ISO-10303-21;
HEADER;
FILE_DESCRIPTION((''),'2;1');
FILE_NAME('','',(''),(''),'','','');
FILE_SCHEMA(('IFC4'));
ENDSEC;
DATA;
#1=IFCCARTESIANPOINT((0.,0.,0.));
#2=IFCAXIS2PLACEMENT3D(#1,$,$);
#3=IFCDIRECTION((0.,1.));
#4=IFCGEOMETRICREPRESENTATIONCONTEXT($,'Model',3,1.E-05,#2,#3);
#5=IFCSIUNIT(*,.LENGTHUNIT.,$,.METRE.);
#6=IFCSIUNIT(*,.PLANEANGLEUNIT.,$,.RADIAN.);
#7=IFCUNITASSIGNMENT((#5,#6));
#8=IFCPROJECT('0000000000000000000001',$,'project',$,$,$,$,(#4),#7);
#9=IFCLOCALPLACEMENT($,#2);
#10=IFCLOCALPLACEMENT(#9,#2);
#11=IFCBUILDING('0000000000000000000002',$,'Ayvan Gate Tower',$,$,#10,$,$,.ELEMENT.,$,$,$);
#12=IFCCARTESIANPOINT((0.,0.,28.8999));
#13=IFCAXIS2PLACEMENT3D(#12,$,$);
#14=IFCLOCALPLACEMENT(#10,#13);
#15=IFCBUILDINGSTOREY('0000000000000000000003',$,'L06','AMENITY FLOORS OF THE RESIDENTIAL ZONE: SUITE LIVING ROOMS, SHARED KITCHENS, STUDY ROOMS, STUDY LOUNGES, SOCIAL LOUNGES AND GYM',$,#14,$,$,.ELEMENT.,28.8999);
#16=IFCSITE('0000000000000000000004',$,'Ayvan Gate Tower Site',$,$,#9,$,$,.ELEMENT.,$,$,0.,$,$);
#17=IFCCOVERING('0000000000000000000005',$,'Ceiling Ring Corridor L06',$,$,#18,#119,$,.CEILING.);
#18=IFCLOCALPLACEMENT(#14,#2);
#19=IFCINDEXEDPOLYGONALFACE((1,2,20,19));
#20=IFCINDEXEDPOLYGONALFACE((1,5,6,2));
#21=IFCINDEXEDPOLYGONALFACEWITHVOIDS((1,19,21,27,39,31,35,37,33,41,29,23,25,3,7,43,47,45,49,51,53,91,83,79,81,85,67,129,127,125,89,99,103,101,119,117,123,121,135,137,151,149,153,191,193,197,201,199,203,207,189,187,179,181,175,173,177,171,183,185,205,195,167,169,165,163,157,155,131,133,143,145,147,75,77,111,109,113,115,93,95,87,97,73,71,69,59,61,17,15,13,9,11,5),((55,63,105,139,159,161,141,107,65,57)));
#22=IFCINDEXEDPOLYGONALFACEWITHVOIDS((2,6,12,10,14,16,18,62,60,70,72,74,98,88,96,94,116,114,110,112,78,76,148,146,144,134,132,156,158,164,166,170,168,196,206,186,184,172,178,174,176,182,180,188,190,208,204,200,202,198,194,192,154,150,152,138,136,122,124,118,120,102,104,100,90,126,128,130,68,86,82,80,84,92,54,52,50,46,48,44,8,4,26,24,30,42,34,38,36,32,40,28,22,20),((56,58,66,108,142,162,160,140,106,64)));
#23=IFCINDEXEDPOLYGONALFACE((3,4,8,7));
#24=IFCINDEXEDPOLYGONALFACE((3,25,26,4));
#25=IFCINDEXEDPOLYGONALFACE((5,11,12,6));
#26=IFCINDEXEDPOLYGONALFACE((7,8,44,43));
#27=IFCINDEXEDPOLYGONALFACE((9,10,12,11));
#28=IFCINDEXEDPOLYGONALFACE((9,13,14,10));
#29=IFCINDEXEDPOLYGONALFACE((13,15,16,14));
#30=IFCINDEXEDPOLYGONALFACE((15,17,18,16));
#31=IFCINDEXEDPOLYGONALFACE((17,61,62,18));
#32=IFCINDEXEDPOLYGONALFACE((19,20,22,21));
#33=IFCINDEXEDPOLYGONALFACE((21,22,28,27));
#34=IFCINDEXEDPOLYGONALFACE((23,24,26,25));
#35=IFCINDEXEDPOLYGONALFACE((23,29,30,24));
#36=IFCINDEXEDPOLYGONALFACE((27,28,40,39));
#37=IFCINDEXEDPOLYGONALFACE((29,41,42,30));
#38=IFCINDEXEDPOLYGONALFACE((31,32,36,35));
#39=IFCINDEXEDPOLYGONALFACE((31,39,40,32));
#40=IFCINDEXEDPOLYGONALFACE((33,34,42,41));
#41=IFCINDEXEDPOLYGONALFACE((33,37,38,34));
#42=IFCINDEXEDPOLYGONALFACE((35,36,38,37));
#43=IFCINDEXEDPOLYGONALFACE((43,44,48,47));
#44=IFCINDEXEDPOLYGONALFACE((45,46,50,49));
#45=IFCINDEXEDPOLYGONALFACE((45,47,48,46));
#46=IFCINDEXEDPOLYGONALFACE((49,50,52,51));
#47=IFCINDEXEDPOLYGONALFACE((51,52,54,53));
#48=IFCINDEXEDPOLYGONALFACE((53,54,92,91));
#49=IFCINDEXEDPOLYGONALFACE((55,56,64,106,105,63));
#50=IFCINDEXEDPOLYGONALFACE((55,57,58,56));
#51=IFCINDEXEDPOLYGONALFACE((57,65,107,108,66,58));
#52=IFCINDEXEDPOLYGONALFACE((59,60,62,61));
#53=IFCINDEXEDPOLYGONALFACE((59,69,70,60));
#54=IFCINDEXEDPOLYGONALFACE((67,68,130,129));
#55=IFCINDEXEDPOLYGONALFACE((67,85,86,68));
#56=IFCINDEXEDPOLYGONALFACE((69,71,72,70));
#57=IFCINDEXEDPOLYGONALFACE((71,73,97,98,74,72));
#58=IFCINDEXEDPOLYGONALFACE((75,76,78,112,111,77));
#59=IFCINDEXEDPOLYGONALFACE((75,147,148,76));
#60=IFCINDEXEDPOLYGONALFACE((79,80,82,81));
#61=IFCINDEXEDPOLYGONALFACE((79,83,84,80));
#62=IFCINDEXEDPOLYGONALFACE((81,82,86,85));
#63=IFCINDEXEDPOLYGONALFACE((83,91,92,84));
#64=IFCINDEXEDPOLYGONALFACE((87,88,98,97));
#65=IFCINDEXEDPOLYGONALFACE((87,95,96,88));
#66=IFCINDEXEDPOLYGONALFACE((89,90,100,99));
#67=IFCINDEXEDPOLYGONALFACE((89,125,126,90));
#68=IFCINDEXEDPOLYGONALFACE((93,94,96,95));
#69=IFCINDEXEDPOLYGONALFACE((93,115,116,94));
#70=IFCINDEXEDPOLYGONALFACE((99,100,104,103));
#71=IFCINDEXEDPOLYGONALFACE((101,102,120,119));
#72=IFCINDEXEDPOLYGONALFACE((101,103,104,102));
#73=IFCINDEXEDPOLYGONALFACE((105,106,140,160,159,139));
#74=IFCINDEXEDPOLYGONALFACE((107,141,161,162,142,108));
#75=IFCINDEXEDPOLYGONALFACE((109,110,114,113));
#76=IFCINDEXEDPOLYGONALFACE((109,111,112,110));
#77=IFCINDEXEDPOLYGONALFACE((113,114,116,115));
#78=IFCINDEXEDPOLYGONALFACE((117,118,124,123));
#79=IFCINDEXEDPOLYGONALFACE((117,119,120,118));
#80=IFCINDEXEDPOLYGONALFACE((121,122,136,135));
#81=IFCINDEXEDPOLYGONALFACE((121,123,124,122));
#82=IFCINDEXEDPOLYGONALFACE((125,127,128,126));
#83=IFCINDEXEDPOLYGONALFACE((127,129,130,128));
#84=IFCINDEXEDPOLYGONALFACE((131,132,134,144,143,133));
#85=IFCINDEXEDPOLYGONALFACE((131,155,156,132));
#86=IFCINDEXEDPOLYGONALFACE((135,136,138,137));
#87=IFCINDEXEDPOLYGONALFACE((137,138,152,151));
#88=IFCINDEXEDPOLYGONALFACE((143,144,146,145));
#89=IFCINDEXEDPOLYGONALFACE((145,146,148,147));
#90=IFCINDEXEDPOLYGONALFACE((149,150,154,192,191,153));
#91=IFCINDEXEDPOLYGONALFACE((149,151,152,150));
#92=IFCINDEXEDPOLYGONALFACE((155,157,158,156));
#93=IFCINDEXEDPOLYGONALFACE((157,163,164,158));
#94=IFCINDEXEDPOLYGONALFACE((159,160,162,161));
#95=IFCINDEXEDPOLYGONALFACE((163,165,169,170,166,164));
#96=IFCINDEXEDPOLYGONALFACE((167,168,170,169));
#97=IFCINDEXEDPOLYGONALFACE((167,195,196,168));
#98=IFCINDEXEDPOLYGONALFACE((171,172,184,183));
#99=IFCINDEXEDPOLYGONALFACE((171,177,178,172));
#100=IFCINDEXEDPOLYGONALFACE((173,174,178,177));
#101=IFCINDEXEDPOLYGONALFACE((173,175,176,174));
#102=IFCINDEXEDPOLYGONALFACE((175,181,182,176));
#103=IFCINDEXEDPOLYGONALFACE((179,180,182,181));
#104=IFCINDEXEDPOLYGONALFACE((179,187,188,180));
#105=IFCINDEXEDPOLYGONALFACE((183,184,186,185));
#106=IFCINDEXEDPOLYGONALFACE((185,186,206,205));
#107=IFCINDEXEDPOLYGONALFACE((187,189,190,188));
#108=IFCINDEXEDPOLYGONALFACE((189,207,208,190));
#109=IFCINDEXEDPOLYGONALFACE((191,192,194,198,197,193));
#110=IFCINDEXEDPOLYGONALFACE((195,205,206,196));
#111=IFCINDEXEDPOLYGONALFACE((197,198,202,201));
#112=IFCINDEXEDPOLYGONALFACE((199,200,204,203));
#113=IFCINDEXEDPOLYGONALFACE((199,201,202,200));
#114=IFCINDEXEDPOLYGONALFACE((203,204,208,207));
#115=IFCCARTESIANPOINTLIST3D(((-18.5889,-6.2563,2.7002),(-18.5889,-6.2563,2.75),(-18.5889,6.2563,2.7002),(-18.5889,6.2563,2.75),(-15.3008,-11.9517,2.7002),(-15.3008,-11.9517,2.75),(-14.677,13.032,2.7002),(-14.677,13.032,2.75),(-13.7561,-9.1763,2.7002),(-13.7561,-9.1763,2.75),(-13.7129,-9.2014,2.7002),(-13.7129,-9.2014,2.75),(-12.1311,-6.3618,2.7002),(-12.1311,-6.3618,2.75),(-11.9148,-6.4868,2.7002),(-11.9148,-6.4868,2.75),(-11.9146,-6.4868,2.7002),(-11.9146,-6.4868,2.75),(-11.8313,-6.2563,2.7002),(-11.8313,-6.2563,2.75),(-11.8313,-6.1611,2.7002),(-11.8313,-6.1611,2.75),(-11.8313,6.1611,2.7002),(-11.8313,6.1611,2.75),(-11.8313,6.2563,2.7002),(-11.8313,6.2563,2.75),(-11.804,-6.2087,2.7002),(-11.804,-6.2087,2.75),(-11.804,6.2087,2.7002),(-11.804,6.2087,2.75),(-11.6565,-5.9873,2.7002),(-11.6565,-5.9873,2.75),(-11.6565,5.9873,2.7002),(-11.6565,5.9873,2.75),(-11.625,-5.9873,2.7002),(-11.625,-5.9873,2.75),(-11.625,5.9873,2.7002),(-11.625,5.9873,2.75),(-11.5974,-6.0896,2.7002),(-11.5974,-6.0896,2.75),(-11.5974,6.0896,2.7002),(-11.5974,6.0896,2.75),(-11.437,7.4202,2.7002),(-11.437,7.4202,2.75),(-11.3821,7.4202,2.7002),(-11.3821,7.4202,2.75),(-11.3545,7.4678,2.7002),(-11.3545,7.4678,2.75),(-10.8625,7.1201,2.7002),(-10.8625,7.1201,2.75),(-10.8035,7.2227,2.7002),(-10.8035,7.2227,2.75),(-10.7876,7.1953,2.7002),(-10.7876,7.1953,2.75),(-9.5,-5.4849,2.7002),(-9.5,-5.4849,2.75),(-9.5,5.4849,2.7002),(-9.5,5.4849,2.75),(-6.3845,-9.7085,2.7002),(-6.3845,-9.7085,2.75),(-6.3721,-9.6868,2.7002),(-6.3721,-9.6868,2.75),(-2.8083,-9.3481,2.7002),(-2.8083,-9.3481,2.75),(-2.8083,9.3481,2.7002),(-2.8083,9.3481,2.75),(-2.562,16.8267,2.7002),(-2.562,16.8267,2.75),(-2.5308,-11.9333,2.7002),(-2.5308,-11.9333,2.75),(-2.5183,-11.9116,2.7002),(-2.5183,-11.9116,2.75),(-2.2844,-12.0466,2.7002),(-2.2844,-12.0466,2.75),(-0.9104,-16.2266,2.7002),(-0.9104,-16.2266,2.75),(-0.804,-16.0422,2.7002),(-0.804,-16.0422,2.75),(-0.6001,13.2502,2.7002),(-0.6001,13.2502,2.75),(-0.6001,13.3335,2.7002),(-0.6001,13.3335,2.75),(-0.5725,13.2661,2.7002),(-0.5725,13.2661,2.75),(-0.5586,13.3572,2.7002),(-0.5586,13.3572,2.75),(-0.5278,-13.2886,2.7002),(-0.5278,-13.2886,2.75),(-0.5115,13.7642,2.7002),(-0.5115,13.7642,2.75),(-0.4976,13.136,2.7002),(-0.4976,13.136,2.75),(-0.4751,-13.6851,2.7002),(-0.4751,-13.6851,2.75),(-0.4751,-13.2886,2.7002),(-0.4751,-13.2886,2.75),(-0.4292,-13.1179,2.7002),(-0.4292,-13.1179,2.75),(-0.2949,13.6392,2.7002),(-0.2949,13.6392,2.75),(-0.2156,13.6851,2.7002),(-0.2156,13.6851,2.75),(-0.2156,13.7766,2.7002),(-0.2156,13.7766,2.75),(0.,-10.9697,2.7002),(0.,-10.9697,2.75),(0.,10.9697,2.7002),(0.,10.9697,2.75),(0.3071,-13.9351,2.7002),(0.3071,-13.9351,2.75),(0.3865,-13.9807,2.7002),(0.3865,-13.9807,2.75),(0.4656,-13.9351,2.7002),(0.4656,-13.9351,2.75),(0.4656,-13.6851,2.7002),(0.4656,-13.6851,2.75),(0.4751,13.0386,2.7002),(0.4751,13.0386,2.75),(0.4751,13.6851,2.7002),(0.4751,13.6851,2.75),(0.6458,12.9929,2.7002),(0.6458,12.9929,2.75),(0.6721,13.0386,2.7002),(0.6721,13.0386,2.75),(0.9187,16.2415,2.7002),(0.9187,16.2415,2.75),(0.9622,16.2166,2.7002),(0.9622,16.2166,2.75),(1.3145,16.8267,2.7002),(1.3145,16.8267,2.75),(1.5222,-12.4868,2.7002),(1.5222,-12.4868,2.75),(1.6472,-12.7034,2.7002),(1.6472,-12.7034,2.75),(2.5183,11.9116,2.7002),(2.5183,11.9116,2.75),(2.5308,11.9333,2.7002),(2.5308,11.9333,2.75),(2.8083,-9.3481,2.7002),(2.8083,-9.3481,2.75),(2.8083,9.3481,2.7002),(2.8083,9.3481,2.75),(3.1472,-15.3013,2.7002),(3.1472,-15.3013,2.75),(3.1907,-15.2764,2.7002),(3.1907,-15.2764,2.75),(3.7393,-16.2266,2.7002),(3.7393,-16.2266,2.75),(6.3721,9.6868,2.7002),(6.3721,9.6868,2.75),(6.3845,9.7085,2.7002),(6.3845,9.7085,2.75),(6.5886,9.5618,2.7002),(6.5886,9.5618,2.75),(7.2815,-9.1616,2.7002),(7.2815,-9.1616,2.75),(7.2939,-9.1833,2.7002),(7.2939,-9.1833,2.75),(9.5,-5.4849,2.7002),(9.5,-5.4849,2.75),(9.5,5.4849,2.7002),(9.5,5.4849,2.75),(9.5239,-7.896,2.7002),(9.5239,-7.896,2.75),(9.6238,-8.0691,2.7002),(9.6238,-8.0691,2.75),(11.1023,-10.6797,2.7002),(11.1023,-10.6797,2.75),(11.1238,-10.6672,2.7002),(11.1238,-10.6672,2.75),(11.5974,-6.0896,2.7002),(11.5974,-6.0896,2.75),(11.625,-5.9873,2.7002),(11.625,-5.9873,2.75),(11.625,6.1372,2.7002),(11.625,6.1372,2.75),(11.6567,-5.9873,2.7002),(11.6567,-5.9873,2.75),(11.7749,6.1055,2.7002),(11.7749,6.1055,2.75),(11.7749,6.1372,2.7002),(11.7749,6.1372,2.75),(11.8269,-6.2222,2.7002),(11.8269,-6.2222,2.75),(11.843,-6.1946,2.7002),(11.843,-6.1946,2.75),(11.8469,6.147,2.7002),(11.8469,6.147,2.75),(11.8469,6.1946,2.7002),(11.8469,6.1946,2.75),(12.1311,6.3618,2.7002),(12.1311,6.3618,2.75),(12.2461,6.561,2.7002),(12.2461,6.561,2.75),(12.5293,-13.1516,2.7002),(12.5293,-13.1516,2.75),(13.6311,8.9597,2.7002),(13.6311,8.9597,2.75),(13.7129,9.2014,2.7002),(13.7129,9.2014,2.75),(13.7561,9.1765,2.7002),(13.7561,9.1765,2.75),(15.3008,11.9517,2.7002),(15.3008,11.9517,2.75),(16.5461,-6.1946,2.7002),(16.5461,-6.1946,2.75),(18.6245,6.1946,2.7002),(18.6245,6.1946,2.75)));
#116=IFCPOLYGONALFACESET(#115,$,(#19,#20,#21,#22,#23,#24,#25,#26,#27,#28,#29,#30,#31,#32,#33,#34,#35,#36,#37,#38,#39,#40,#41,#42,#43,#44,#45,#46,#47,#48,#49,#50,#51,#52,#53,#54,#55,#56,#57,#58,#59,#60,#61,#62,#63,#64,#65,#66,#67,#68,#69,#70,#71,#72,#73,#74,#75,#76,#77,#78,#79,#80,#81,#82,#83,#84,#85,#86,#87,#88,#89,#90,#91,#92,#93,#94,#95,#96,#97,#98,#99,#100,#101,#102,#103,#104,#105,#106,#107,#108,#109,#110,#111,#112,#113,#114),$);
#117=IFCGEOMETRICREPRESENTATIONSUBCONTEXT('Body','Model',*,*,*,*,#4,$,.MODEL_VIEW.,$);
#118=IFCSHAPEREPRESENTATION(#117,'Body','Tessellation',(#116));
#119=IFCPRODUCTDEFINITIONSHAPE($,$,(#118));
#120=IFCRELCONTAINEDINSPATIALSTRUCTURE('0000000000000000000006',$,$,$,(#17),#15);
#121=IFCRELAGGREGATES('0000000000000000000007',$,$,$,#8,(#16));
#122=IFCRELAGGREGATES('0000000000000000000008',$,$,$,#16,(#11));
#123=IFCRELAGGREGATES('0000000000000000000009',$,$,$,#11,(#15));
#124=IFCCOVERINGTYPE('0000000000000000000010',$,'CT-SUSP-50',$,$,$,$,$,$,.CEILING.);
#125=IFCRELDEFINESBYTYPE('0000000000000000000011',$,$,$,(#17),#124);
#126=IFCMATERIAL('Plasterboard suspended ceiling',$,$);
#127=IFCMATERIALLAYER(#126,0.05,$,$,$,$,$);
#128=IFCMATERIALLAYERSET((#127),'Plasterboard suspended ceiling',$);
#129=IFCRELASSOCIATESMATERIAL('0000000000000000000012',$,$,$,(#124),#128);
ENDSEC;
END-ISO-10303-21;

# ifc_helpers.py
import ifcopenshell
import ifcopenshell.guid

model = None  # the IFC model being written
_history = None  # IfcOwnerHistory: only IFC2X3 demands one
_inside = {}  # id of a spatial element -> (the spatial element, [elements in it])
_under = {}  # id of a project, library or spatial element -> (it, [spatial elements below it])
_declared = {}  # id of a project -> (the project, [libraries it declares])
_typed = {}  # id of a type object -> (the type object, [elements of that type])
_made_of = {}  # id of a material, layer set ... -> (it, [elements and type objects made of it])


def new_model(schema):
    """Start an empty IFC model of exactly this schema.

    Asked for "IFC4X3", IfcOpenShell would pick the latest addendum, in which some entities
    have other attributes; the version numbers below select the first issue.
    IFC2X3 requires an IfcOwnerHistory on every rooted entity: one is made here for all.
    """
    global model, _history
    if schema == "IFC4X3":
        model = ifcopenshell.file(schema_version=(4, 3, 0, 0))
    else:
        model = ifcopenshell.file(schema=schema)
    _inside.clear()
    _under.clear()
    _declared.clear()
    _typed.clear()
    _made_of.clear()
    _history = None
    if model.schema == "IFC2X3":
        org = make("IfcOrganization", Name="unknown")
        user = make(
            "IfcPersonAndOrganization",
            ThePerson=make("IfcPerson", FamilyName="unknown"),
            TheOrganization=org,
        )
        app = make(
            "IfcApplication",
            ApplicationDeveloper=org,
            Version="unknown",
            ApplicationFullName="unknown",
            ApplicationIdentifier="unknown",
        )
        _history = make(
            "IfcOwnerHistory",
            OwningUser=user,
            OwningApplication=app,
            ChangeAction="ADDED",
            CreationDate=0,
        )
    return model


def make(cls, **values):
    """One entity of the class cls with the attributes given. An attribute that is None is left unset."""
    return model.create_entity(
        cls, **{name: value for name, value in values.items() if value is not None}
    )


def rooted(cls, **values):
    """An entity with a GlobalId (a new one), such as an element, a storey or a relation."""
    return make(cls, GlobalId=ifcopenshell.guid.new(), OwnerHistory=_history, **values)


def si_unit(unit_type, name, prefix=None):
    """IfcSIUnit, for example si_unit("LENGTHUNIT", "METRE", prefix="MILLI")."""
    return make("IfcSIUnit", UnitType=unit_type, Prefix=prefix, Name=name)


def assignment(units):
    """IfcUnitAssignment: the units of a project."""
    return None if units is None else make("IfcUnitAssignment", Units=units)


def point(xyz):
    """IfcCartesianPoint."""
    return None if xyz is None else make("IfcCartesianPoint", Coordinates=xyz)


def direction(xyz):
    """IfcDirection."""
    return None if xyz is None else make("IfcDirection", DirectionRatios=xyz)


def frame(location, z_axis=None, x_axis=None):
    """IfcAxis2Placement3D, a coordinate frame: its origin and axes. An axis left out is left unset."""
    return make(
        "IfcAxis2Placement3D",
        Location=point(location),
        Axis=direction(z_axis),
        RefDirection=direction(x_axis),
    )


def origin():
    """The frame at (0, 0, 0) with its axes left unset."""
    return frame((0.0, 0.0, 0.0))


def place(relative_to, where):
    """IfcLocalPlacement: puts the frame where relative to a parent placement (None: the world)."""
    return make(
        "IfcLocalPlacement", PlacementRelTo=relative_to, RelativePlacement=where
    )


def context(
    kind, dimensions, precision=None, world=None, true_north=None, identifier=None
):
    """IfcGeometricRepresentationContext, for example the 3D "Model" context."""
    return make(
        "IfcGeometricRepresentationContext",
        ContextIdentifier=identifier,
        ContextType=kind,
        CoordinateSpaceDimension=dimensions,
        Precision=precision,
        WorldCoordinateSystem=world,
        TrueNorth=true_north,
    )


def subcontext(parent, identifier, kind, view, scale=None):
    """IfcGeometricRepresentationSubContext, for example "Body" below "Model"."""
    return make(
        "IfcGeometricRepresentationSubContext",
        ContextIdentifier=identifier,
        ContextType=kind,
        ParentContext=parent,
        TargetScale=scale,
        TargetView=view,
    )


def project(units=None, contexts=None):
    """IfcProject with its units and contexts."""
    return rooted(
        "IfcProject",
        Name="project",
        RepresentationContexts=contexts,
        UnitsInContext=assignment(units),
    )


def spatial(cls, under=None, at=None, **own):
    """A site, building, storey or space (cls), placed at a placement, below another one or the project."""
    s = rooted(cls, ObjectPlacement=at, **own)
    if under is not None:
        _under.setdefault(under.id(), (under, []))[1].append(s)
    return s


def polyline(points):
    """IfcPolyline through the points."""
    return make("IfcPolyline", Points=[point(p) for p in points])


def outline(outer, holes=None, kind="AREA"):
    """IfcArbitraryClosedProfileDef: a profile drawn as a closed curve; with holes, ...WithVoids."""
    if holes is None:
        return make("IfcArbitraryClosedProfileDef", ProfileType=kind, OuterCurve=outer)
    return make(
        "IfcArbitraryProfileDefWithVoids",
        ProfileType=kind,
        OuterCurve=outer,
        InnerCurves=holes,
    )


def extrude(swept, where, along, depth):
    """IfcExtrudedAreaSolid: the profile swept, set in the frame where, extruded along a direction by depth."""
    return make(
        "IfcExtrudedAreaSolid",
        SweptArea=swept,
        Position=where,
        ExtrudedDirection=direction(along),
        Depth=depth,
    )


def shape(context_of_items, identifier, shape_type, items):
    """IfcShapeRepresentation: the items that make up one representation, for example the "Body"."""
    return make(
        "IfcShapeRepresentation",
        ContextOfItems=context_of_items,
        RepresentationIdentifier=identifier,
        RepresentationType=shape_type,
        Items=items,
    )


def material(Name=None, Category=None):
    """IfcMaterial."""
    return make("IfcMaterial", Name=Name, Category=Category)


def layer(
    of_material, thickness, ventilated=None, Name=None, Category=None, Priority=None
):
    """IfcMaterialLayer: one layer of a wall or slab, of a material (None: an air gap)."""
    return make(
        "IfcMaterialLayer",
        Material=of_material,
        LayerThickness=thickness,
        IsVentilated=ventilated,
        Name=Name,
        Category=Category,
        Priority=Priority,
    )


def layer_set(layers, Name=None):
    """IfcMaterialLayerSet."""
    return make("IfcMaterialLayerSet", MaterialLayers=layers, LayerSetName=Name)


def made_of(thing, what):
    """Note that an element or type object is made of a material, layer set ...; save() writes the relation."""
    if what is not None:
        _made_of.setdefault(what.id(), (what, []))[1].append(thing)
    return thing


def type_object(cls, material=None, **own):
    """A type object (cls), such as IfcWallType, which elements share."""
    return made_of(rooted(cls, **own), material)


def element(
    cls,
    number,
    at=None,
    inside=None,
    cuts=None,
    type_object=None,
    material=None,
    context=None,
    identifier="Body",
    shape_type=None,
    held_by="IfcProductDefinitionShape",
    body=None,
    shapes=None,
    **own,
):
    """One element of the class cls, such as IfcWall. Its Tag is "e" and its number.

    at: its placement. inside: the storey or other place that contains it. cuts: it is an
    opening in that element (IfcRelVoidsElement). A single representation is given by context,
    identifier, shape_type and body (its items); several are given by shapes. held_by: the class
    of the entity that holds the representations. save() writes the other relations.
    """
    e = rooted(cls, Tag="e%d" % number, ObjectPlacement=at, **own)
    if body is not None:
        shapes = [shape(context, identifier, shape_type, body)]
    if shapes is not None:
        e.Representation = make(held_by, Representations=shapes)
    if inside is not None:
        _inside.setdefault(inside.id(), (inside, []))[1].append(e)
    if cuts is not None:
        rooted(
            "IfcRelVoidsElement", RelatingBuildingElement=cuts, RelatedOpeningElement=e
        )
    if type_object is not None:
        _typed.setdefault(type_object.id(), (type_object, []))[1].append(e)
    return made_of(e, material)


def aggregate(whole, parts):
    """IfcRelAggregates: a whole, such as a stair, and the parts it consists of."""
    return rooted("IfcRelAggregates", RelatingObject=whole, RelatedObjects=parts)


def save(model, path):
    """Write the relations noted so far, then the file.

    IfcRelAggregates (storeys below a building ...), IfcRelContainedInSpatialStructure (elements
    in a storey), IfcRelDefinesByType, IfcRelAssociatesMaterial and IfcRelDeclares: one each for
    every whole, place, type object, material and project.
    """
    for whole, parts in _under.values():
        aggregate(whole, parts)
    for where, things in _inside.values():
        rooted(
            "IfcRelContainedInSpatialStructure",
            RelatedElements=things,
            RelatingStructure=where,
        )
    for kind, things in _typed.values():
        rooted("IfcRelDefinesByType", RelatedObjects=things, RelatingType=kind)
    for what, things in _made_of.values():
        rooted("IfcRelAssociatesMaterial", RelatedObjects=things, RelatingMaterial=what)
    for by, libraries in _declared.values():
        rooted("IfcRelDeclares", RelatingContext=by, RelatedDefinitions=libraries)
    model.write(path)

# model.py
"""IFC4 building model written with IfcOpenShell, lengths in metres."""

from ifc_helpers import new_model, si_unit, direction, frame, origin, place, context, subcontext, project, spatial, polyline, outline, extrude, material, layer, layer_set, type_object, element, save


model = new_model("IFC4")

# Units and contexts
model_context = context("Model", 3, precision=1e-05, world=origin(), true_north=direction((0.0, 1.0)))
body_context = subcontext(model_context, "Body", "Model", "MODEL_VIEW")
ifc_project = project(units=[si_unit("LENGTHUNIT", "METRE"), si_unit("PLANEANGLEUNIT", "RADIAN")], contexts=[model_context])

# Site, building, storey
site_placement = place(None, origin())
site = spatial("IfcSite", under=ifc_project, at=site_placement, Name="Ayvan Gate Tower Site", CompositionType="ELEMENT", RefElevation=0.0)
building_placement = place(site_placement, origin())
building = spatial("IfcBuilding", under=site, at=building_placement, Name="Ayvan Gate Tower", CompositionType="ELEMENT")
storey_placement = place(building_placement, frame((0.0, 0.0, 28.8999)))
storey = spatial("IfcBuildingStorey", under=building, at=storey_placement, Name="L06", Description="AMENITY FLOORS OF THE RESIDENTIAL ZONE: SUITE LIVING ROOMS, SHARED KITCHENS, STUDY ROOMS, STUDY LOUNGES, SOCIAL LOUNGES AND GYM", CompositionType="ELEMENT", Elevation=28.8999)

# Covering
ifc_material_1 = material(Name="Plasterboard suspended ceiling")
ifc_layer_1 = layer(ifc_material_1, 0.05)
ifc_layer_set_1 = layer_set([ifc_layer_1], Name="Plasterboard suspended ceiling")
covering_type = type_object("IfcCoveringType", Name="CT-SUSP-50", PredefinedType="CEILING", material=ifc_layer_set_1)
covering_1_placement = place(storey_placement, frame((0.0, 0.0, 2.7002)))
element("IfcCovering", 1, at=covering_1_placement, inside=storey, type_object=covering_type, Name="Ceiling Ring Corridor L06", PredefinedType="CEILING", context=body_context, shape_type="SweptSolid", body=[
    extrude(outline(polyline([(-11.9148, -6.4868), (-12.1311, -6.3618), (-13.7561, -9.1763), (-13.7129, -9.2014), (-15.3008, -11.9517), (-18.5889, -6.2563), (-11.8313, -6.2563), (-11.8313, -6.1611), (-11.804, -6.2087), (-11.5974, -6.0896), (-11.6565, -5.9873), (-11.625, -5.9873), (-11.625, 5.9873), (-11.6565, 5.9873), (-11.5974, 6.0896), (-11.804, 6.2087), (-11.8313, 6.1611), (-11.8313, 6.2563), (-18.5889, 6.2563), (-14.677, 13.032), (-11.437, 7.4202), (-11.3545, 7.4678), (-11.3821, 7.4202), (-10.8625, 7.1201), (-10.8035, 7.2227), (-10.7876, 7.1953), (-0.4976, 13.136), (-0.5725, 13.2661), (-0.6001, 13.2502), (-0.6001, 13.3335), (-0.5586, 13.3572), (-2.562, 16.8267), (1.3145, 16.8267), (0.9622, 16.2166), (0.9187, 16.2415), (-0.5115, 13.7642), (-0.2949, 13.6392), (-0.2156, 13.7766), (-0.2156, 13.6851), (0.4751, 13.6851), (0.4751, 13.0386), (0.6721, 13.0386), (0.6458, 12.9929), (2.5183, 11.9116), (2.5308, 11.9333), (6.3845, 9.7085), (6.3721, 9.6868), (6.5886, 9.5618), (12.1311, 6.3618), (12.2461, 6.561), (13.6311, 8.9597), (13.7561, 9.1765), (13.7129, 9.2014), (15.3008, 11.9517), (18.6245, 6.1946), (11.8469, 6.1946), (11.8469, 6.147), (11.7749, 6.1055), (11.7749, 6.1372), (11.625, 6.1372), (11.625, -5.9873), (11.6567, -5.9873), (11.5974, -6.0896), (11.8269, -6.2222), (11.843, -6.1946), (16.5461, -6.1946), (12.5293, -13.1516), (11.1023, -10.6797), (11.1238, -10.6672), (9.6238, -8.0691), (9.5239, -7.896), (7.2939, -9.1833), (7.2815, -9.1616), (1.5222, -12.4868), (1.6472, -12.7034), (3.1472, -15.3013), (3.1907, -15.2764), (3.7393, -16.2266), (-0.9104, -16.2266), (-0.804, -16.0422), (0.3865, -13.9807), (0.3071, -13.9351), (0.4656, -13.9351), (0.4656, -13.6851), (-0.4751, -13.6851), (-0.4751, -13.2886), (-0.5278, -13.2886), (-0.4292, -13.1179), (-2.2844, -12.0466), (-2.5183, -11.9116), (-2.5308, -11.9333), (-6.3845, -9.7085), (-6.3721, -9.6868), (-11.9146, -6.4868), (-11.9148, -6.4868)]), holes=[polyline([(-2.8083, -9.3481), (0.0, -10.9697), (2.8083, -9.3481), (9.5, -5.4849), (9.5, 5.4849), (2.8083, 9.3481), (0.0, 10.9697), (-2.8083, 9.3481), (-9.5, 5.4849), (-9.5, -5.4849), (-2.8083, -9.3481)])]), origin(), (0.0, 0.0, 1.0), 0.0498),
])

save(model, "model.ifc")
